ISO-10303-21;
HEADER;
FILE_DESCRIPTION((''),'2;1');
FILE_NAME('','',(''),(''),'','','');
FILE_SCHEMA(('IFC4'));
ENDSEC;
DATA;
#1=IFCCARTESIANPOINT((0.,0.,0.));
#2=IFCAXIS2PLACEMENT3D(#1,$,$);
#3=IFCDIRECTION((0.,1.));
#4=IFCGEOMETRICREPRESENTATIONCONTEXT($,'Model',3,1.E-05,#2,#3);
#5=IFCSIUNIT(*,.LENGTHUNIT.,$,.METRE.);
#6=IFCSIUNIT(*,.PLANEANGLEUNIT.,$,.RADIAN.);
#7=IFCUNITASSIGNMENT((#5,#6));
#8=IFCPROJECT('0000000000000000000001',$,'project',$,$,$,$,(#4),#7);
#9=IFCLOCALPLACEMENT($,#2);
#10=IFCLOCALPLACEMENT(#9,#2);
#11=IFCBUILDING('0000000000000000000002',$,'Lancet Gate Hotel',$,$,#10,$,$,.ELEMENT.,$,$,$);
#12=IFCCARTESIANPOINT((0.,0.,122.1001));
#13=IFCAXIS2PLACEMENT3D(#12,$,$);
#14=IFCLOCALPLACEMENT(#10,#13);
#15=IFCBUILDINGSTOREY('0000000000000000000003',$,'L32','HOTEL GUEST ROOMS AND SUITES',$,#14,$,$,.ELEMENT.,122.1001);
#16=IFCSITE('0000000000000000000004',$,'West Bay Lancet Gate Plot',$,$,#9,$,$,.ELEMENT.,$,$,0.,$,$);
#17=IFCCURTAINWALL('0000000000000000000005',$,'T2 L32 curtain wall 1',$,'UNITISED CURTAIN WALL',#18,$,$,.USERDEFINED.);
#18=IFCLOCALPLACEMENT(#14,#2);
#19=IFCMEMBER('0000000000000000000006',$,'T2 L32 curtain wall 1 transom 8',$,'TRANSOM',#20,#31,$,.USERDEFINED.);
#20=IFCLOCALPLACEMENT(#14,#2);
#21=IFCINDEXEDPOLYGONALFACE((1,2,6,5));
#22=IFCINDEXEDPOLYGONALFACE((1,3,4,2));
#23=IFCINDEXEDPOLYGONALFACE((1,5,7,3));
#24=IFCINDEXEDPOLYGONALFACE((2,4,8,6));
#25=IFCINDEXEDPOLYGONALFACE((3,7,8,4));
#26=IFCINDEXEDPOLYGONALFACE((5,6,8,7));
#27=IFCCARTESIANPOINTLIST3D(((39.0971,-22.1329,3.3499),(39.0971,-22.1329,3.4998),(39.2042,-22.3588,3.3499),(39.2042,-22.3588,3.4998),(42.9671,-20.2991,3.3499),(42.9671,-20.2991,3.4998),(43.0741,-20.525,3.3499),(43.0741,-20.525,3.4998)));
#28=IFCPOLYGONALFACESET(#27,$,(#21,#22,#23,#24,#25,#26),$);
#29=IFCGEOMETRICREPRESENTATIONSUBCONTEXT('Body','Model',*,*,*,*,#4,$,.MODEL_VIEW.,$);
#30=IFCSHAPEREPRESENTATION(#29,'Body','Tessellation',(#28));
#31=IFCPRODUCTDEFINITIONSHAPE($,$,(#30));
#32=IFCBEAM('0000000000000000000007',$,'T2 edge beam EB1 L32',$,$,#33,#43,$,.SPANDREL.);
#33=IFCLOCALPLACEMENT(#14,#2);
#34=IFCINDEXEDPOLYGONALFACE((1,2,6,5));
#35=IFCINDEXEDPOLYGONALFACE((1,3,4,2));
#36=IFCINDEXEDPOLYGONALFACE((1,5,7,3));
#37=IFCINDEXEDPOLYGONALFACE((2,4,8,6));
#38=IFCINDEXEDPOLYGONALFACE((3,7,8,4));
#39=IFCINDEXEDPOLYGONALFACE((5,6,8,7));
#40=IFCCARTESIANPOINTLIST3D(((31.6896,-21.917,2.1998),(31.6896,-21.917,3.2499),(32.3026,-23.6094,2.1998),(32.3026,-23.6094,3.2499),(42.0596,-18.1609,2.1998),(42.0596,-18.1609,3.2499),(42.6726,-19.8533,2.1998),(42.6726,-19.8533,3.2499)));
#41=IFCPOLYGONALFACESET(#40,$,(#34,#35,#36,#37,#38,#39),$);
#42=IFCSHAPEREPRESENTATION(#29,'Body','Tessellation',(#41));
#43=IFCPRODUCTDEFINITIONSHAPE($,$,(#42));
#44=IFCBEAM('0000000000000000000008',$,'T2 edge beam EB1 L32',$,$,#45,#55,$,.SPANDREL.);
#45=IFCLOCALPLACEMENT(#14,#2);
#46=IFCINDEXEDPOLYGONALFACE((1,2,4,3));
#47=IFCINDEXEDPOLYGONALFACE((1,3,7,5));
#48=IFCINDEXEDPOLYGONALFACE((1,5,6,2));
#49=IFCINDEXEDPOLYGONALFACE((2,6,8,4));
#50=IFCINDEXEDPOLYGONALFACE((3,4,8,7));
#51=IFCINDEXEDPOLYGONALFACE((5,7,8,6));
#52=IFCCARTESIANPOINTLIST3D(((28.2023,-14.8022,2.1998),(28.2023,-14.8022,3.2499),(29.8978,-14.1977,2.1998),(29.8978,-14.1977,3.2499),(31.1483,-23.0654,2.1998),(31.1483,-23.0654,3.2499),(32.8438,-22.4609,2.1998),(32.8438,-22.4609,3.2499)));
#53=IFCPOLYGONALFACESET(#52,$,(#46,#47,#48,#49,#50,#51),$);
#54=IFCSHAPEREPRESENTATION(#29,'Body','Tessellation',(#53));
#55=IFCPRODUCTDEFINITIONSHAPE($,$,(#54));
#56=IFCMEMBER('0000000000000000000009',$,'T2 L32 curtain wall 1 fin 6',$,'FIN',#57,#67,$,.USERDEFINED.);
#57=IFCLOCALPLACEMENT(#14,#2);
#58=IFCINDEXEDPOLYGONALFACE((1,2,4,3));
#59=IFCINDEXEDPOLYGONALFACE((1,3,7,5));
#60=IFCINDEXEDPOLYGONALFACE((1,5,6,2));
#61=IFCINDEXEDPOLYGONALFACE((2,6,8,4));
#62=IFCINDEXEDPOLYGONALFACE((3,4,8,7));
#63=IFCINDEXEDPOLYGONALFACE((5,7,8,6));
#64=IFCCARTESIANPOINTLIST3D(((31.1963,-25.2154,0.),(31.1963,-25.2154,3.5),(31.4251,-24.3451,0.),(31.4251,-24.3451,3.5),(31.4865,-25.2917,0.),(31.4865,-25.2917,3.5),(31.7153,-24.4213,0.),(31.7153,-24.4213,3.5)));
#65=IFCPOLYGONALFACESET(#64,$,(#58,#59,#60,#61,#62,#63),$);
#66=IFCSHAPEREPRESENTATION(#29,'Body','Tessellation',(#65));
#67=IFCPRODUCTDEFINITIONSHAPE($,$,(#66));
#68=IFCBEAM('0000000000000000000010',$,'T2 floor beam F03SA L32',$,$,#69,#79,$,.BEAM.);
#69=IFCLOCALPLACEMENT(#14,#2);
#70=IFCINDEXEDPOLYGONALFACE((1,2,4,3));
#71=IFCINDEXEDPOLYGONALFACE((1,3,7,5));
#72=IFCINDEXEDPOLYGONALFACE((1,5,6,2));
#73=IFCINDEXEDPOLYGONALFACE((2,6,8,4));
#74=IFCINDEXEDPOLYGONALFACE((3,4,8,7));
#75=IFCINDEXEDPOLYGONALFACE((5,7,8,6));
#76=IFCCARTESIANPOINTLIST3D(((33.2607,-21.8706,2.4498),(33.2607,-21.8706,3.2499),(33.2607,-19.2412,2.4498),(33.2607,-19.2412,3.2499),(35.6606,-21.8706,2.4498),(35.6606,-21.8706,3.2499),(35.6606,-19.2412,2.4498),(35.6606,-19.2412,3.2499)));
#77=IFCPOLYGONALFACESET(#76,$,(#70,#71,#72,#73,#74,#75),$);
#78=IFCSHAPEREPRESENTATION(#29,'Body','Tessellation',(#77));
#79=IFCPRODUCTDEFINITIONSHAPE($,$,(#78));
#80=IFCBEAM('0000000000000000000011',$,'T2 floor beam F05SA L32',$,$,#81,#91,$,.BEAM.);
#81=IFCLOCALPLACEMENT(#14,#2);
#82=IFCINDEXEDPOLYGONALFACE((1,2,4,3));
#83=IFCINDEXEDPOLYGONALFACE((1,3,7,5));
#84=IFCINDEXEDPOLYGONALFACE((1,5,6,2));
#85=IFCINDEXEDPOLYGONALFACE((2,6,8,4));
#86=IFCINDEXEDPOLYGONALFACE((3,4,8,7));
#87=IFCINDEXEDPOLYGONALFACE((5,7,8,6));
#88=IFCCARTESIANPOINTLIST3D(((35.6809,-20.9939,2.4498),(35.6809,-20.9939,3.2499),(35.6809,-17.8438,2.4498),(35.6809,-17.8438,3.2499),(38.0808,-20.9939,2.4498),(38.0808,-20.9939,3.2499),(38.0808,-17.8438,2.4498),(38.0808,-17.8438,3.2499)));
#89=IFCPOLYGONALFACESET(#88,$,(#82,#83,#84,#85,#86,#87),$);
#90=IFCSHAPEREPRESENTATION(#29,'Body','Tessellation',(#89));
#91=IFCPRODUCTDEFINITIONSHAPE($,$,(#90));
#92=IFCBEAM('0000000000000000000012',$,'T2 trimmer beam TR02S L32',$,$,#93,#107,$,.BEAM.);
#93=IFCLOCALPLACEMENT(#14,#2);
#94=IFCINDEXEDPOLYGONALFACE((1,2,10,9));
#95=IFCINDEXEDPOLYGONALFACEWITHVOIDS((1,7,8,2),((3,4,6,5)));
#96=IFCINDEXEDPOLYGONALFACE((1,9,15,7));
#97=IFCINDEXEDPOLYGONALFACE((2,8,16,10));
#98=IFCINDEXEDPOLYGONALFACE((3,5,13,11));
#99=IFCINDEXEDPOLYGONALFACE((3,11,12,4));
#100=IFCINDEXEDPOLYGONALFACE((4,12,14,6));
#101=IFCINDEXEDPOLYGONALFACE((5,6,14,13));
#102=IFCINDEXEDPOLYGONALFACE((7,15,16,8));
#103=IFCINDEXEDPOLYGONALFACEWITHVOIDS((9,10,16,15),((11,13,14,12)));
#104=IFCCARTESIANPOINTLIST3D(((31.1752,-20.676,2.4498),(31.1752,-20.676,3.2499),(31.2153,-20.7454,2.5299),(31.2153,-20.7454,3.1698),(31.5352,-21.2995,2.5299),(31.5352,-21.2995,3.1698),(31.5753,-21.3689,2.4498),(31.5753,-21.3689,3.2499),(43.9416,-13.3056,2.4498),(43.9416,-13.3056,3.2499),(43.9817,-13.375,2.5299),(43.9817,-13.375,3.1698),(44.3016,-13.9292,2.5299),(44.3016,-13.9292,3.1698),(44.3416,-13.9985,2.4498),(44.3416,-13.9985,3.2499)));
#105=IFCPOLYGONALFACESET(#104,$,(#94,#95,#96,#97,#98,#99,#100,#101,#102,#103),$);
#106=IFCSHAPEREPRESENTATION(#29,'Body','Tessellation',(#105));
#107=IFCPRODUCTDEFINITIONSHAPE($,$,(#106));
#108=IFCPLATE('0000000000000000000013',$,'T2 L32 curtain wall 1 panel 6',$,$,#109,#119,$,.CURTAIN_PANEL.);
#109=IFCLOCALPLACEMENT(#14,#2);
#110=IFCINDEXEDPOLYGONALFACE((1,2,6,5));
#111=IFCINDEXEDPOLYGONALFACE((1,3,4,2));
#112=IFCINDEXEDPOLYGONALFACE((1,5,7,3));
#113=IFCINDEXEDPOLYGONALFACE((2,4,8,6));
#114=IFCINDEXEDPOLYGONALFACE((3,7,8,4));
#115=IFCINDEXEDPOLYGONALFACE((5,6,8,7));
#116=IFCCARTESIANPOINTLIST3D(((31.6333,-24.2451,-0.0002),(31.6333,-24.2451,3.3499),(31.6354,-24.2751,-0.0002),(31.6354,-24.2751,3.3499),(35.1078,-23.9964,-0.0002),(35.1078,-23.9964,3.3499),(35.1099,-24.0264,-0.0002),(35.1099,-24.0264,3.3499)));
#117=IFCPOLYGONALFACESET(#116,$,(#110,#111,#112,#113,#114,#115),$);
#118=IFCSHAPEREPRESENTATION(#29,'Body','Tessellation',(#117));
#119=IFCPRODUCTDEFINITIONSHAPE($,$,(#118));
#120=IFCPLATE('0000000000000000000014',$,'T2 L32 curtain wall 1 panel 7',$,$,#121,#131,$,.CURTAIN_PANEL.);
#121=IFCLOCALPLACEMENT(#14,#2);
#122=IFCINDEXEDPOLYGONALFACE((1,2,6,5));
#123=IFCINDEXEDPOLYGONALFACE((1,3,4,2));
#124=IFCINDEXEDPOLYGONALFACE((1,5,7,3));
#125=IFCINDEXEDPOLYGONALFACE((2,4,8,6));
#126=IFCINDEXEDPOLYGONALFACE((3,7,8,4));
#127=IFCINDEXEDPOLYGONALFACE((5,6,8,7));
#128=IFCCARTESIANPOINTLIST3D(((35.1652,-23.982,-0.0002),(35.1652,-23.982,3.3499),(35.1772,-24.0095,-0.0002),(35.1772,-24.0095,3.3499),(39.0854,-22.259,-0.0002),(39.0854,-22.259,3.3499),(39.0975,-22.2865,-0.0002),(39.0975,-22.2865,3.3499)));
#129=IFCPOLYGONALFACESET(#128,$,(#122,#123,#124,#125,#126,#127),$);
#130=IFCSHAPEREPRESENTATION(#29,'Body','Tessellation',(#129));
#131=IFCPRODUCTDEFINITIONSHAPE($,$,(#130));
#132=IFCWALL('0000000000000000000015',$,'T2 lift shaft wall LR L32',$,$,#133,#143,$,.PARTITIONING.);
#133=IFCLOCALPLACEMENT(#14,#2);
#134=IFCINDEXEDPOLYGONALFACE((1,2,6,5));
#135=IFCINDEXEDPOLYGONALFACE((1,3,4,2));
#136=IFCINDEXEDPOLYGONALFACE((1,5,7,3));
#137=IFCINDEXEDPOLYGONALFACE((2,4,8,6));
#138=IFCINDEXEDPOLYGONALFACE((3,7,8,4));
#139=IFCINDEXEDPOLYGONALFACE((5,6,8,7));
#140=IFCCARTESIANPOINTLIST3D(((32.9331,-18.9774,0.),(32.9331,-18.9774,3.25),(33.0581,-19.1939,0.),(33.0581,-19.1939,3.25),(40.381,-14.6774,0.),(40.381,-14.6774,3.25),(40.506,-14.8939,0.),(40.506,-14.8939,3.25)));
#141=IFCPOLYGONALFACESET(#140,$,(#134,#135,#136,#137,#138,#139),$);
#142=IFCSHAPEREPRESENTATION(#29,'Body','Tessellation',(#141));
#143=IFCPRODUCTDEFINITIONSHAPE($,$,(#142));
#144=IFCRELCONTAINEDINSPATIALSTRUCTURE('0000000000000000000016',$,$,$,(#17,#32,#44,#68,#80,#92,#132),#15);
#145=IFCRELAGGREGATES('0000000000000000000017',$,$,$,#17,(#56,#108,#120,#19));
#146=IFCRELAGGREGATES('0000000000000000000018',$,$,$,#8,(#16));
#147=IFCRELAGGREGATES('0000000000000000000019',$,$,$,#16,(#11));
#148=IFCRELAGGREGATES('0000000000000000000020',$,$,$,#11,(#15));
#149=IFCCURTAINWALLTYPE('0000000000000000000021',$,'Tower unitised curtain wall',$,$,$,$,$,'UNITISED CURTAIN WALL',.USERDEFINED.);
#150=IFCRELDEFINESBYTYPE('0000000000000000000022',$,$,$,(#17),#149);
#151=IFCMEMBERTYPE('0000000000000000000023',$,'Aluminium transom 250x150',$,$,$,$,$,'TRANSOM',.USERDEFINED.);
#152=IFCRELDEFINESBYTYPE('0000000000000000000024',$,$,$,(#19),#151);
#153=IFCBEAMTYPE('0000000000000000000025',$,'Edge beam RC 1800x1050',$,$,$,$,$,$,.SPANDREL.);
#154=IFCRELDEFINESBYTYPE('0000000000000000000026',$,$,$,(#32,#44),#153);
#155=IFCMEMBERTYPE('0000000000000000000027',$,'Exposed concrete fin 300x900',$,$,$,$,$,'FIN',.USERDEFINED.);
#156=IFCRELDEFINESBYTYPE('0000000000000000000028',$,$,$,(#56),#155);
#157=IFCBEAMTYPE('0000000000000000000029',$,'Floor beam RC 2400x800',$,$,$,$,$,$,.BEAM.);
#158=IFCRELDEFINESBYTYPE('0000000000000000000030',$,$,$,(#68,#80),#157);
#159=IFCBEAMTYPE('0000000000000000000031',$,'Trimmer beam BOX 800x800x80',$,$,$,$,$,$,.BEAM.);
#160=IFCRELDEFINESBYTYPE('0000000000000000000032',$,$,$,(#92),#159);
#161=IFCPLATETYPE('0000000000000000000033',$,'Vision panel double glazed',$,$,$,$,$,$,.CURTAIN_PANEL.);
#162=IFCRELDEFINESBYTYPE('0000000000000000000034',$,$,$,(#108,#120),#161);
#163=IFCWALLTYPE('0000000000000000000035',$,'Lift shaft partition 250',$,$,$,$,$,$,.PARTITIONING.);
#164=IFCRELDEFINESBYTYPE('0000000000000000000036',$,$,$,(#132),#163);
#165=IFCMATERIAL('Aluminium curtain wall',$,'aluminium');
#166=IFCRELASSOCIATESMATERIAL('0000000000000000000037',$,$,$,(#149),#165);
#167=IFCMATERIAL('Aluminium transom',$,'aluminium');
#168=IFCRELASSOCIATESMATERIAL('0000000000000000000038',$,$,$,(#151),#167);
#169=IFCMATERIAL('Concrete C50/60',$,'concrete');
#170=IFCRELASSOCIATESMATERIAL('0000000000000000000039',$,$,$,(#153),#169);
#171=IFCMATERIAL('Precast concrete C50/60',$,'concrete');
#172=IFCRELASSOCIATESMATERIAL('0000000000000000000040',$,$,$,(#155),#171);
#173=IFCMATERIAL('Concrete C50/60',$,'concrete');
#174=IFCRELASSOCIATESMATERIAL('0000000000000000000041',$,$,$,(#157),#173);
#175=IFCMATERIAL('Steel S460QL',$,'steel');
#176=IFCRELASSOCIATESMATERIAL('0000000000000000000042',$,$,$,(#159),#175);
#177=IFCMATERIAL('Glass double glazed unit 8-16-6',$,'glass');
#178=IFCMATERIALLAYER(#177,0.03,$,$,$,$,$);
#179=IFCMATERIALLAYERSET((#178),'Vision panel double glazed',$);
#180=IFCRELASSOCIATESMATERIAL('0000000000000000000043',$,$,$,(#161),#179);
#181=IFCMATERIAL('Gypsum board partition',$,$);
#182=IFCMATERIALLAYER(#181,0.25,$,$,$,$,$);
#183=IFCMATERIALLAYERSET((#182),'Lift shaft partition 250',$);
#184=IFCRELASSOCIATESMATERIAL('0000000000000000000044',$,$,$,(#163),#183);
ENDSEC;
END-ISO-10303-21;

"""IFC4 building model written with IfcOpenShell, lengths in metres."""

from ifc_helpers import new_model, si_unit, direction, frame, frame_2d, origin, origin_2d, place, context, subcontext, project, spatial, rectangle, hollow_rectangle, extrude, material, layer, layer_set, material_profile, profile_set, type_object, element, aggregate, save


model = new_model("IFC4")

# Units and contexts
model_context = context("Model", 3, precision=1e-05, world=origin(), true_north=direction((0.0, 1.0)))
body_context = subcontext(model_context, "Body", "Model", "MODEL_VIEW")
ifc_project = project(units=[si_unit("LENGTHUNIT", "METRE"), si_unit("PLANEANGLEUNIT", "RADIAN")], contexts=[model_context])

# Site, building, storey
site_placement = place(None, origin())
site = spatial("IfcSite", under=ifc_project, at=site_placement, Name="West Bay Lancet Gate Plot", CompositionType="ELEMENT", RefElevation=0.0)
building_placement = place(site_placement, origin())
building = spatial("IfcBuilding", under=site, at=building_placement, Name="Lancet Gate Hotel", CompositionType="ELEMENT")
storey_placement = place(building_placement, frame((0.0, 0.0, 122.1001)))
storey = spatial("IfcBuildingStorey", under=building, at=storey_placement, Name="L32", Description="HOTEL GUEST ROOMS AND SUITES", CompositionType="ELEMENT", Elevation=122.1001)

# Curtain wall, member
ifc_material_1 = material(Name="Aluminium curtain wall", Category="aluminium")
curtain_wall_type = type_object("IfcCurtainWallType", Name="Tower unitised curtain wall", ElementType="UNITISED CURTAIN WALL", PredefinedType="USERDEFINED", material=ifc_material_1)
curtain_wall_placement = place(storey_placement, origin())
curtain_wall = element("IfcCurtainWall", 1, at=curtain_wall_placement, inside=storey, type_object=curtain_wall_type, Name="T2 L32 curtain wall 1", ObjectType="UNITISED CURTAIN WALL", PredefinedType="USERDEFINED")
ifc_material_2 = material(Name="Aluminium transom", Category="aluminium")
ifc_material_profile_1 = material_profile(ifc_material_2, rectangle(XDim=0.25, YDim=0.1499, at=origin_2d()), Name="TRANSOM 250x150")
ifc_profile_set_1 = profile_set([ifc_material_profile_1], Name="Aluminium transom")
member_type_1 = type_object("IfcMemberType", Name="Aluminium transom 250x150", ElementType="TRANSOM", PredefinedType="USERDEFINED", material=ifc_profile_set_1)
member_1_placement = place(storey_placement, frame((39.1506, -22.2458, 3.4248), z_axis=(0.90368, 0.428209, 0.0), x_axis=(-0.428209, 0.90368, 0.0)))
member_1 = element("IfcMember", 2, at=member_1_placement, type_object=member_type_1, Name="T2 L32 curtain wall 1 transom 8", ObjectType="TRANSOM", PredefinedType="USERDEFINED", context=body_context, shape_type="SweptSolid", body=[
    extrude(rectangle(XDim=0.25, YDim=0.1499, at=origin_2d()), origin(), (0.0, 0.0, 1.0), 4.2825),
])

# Beams
ifc_material_3 = material(Name="Concrete C50/60", Category="concrete")
ifc_material_profile_2 = material_profile(ifc_material_3, rectangle(XDim=1.8, YDim=1.05, at=origin_2d()), Name="RC 1800x1050")
ifc_profile_set_2 = profile_set([ifc_material_profile_2], Name="Concrete C50/60")
beam_type_1 = type_object("IfcBeamType", Name="Edge beam RC 1800x1050", PredefinedType="SPANDREL", material=ifc_profile_set_2)
beam_1_placement = place(storey_placement, frame((31.9961, -22.7632, 2.7249), z_axis=(0.940225, 0.340554, 0.0), x_axis=(-0.340554, 0.940225, 0.0)))
element("IfcBeam", 3, at=beam_1_placement, inside=storey, type_object=beam_type_1, Name="T2 edge beam EB1 L32", PredefinedType="SPANDREL", context=body_context, shape_type="SweptSolid", body=[
    extrude(rectangle(XDim=1.8, YDim=1.05, at=origin_2d()), origin(), (0.0, 0.0, 1.0), 11.0293),
])
beam_2_placement = place(storey_placement, frame((31.9961, -22.7632, 2.7249), z_axis=(-0.335822, 0.941926, 0.0), x_axis=(-0.941926, -0.335822, 0.0)))
element("IfcBeam", 4, at=beam_2_placement, inside=storey, type_object=beam_type_1, Name="T2 edge beam EB1 L32", PredefinedType="SPANDREL", context=body_context, shape_type="SweptSolid", body=[
    extrude(rectangle(XDim=1.8, YDim=1.05, at=origin_2d()), origin(), (0.0, 0.0, 1.0), 8.7727),
])

# Member
ifc_material_4 = material(Name="Precast concrete C50/60", Category="concrete")
ifc_material_profile_3 = material_profile(ifc_material_4, rectangle(XDim=0.3, YDim=0.8999, at=origin_2d()), Name="FIN 300x900")
ifc_profile_set_3 = profile_set([ifc_material_profile_3], Name="Precast concrete C50/60")
member_type_2 = type_object("IfcMemberType", Name="Exposed concrete fin 300x900", ElementType="FIN", PredefinedType="USERDEFINED", material=ifc_profile_set_3)
member_2_placement = place(storey_placement, frame((31.4558, -24.8184, 0.0), z_axis=(0.0, 0.0, 1.0), x_axis=(0.967157, -0.254179, 0.0)))
member_2 = element("IfcMember", 5, at=member_2_placement, type_object=member_type_2, Name="T2 L32 curtain wall 1 fin 6", ObjectType="FIN", PredefinedType="USERDEFINED", context=body_context, shape_type="SweptSolid", body=[
    extrude(rectangle(XDim=0.3, YDim=0.8999, at=origin_2d()), origin(), (0.0, 0.0, 1.0), 3.5),
])

# Beams
ifc_material_5 = material(Name="Concrete C50/60", Category="concrete")
ifc_material_profile_4 = material_profile(ifc_material_5, rectangle(XDim=2.3999, YDim=0.8, at=origin_2d()), Name="RC 2400x800")
ifc_profile_set_4 = profile_set([ifc_material_profile_4], Name="Concrete C50/60")
beam_type_2 = type_object("IfcBeamType", Name="Floor beam RC 2400x800", PredefinedType="BEAM", material=ifc_profile_set_4)
beam_3_placement = place(storey_placement, frame((34.4607, -21.8706, 2.8499), z_axis=(0.0, 1.0, 0.0), x_axis=(-1.0, 0.0, 0.0)))
element("IfcBeam", 6, at=beam_3_placement, inside=storey, type_object=beam_type_2, Name="T2 floor beam F03SA L32", PredefinedType="BEAM", context=body_context, shape_type="SweptSolid", body=[
    extrude(rectangle(XDim=2.3999, YDim=0.8, at=origin_2d()), origin(), (0.0, 0.0, 1.0), 2.6294),
])
beam_4_placement = place(storey_placement, frame((36.8809, -20.9939, 2.8499), z_axis=(0.0, 1.0, 0.0), x_axis=(-1.0, 0.0, 0.0)))
element("IfcBeam", 7, at=beam_4_placement, inside=storey, type_object=beam_type_2, Name="T2 floor beam F05SA L32", PredefinedType="BEAM", context=body_context, shape_type="SweptSolid", body=[
    extrude(rectangle(XDim=2.3999, YDim=0.8, at=origin_2d()), origin(), (0.0, 0.0, 1.0), 3.1501),
])
ifc_material_6 = material(Name="Steel S460QL", Category="steel")
ifc_material_profile_5 = material_profile(ifc_material_6, hollow_rectangle(XDim=0.8, YDim=0.8, WallThickness=0.0801, at=origin_2d()), Name="BOX 800x800x80")
ifc_profile_set_5 = profile_set([ifc_material_profile_5], Name="Steel S460QL")
beam_type_3 = type_object("IfcBeamType", Name="Trimmer beam BOX 800x800x80", PredefinedType="BEAM", material=ifc_profile_set_5)
beam_5_placement = place(storey_placement, frame((31.3752, -21.0225, 2.8499), z_axis=(0.866034, 0.499985, 0.0), x_axis=(-0.499985, 0.866034, 0.0)))
element("IfcBeam", 8, at=beam_5_placement, inside=storey, type_object=beam_type_3, Name="T2 trimmer beam TR02S L32", PredefinedType="BEAM", context=body_context, shape_type="SweptSolid", body=[
    extrude(hollow_rectangle(XDim=0.8, YDim=0.8, WallThickness=0.0801, at=origin_2d()), origin(), (0.0, 0.0, 1.0), 14.7412),
])

# Plates
ifc_material_7 = material(Name="Glass double glazed unit 8-16-6", Category="glass")
ifc_layer_1 = layer(ifc_material_7, 0.03)
ifc_layer_set_1 = layer_set([ifc_layer_1], Name="Vision panel double glazed")
plate_type = type_object("IfcPlateType", Name="Vision panel double glazed", PredefinedType="CURTAIN_PANEL", material=ifc_layer_set_1)
plate_1_placement = place(storey_placement, frame((33.3716, -24.1357, -0.0002), z_axis=(0.0, 0.0, 1.0), x_axis=(0.997448, 0.07139, 0.0)))
plate_1 = element("IfcPlate", 9, at=plate_1_placement, type_object=plate_type, Name="T2 L32 curtain wall 1 panel 6", PredefinedType="CURTAIN_PANEL", context=body_context, shape_type="SweptSolid", body=[
    extrude(rectangle(XDim=3.4834, YDim=0.03, at=origin_2d()), origin(), (0.0, 0.0, 1.0), 3.3501),
])
plate_2_placement = place(storey_placement, frame((37.1313, -23.1343, -0.0002), z_axis=(0.0, 0.0, 1.0), x_axis=(0.915479, 0.402367, 0.0)))
plate_2 = element("IfcPlate", 10, at=plate_2_placement, type_object=plate_type, Name="T2 L32 curtain wall 1 panel 7", PredefinedType="CURTAIN_PANEL", context=body_context, shape_type="SweptSolid", body=[
    extrude(rectangle(XDim=4.2822, YDim=0.03, at=origin_2d()), origin(), (0.0, 0.0, 1.0), 3.3501),
])
aggregate(curtain_wall, [member_2, plate_1, plate_2, member_1])

# Wall
ifc_material_8 = material(Name="Gypsum board partition")
ifc_layer_2 = layer(ifc_material_8, 0.25)
ifc_layer_set_2 = layer_set([ifc_layer_2], Name="Lift shaft partition 250")
wall_type = type_object("IfcWallType", Name="Lift shaft partition 250", PredefinedType="PARTITIONING", material=ifc_layer_set_2)
wall_placement = place(storey_placement, frame((32.9956, -19.0857, 0.0), z_axis=(0.0, 0.0, 1.0), x_axis=(0.866028, 0.499995, 0.0)))
element("IfcWall", 11, at=wall_placement, inside=storey, type_object=wall_type, Name="T2 lift shaft wall LR L32", PredefinedType="PARTITIONING", context=body_context, shape_type="SweptSolid", body=[
    extrude(rectangle(XDim=8.6001, YDim=0.25, at=frame_2d((4.3, 0.0))), origin(), (0.0, 0.0, 1.0), 3.25),
])

save(model, "model.ifc")
